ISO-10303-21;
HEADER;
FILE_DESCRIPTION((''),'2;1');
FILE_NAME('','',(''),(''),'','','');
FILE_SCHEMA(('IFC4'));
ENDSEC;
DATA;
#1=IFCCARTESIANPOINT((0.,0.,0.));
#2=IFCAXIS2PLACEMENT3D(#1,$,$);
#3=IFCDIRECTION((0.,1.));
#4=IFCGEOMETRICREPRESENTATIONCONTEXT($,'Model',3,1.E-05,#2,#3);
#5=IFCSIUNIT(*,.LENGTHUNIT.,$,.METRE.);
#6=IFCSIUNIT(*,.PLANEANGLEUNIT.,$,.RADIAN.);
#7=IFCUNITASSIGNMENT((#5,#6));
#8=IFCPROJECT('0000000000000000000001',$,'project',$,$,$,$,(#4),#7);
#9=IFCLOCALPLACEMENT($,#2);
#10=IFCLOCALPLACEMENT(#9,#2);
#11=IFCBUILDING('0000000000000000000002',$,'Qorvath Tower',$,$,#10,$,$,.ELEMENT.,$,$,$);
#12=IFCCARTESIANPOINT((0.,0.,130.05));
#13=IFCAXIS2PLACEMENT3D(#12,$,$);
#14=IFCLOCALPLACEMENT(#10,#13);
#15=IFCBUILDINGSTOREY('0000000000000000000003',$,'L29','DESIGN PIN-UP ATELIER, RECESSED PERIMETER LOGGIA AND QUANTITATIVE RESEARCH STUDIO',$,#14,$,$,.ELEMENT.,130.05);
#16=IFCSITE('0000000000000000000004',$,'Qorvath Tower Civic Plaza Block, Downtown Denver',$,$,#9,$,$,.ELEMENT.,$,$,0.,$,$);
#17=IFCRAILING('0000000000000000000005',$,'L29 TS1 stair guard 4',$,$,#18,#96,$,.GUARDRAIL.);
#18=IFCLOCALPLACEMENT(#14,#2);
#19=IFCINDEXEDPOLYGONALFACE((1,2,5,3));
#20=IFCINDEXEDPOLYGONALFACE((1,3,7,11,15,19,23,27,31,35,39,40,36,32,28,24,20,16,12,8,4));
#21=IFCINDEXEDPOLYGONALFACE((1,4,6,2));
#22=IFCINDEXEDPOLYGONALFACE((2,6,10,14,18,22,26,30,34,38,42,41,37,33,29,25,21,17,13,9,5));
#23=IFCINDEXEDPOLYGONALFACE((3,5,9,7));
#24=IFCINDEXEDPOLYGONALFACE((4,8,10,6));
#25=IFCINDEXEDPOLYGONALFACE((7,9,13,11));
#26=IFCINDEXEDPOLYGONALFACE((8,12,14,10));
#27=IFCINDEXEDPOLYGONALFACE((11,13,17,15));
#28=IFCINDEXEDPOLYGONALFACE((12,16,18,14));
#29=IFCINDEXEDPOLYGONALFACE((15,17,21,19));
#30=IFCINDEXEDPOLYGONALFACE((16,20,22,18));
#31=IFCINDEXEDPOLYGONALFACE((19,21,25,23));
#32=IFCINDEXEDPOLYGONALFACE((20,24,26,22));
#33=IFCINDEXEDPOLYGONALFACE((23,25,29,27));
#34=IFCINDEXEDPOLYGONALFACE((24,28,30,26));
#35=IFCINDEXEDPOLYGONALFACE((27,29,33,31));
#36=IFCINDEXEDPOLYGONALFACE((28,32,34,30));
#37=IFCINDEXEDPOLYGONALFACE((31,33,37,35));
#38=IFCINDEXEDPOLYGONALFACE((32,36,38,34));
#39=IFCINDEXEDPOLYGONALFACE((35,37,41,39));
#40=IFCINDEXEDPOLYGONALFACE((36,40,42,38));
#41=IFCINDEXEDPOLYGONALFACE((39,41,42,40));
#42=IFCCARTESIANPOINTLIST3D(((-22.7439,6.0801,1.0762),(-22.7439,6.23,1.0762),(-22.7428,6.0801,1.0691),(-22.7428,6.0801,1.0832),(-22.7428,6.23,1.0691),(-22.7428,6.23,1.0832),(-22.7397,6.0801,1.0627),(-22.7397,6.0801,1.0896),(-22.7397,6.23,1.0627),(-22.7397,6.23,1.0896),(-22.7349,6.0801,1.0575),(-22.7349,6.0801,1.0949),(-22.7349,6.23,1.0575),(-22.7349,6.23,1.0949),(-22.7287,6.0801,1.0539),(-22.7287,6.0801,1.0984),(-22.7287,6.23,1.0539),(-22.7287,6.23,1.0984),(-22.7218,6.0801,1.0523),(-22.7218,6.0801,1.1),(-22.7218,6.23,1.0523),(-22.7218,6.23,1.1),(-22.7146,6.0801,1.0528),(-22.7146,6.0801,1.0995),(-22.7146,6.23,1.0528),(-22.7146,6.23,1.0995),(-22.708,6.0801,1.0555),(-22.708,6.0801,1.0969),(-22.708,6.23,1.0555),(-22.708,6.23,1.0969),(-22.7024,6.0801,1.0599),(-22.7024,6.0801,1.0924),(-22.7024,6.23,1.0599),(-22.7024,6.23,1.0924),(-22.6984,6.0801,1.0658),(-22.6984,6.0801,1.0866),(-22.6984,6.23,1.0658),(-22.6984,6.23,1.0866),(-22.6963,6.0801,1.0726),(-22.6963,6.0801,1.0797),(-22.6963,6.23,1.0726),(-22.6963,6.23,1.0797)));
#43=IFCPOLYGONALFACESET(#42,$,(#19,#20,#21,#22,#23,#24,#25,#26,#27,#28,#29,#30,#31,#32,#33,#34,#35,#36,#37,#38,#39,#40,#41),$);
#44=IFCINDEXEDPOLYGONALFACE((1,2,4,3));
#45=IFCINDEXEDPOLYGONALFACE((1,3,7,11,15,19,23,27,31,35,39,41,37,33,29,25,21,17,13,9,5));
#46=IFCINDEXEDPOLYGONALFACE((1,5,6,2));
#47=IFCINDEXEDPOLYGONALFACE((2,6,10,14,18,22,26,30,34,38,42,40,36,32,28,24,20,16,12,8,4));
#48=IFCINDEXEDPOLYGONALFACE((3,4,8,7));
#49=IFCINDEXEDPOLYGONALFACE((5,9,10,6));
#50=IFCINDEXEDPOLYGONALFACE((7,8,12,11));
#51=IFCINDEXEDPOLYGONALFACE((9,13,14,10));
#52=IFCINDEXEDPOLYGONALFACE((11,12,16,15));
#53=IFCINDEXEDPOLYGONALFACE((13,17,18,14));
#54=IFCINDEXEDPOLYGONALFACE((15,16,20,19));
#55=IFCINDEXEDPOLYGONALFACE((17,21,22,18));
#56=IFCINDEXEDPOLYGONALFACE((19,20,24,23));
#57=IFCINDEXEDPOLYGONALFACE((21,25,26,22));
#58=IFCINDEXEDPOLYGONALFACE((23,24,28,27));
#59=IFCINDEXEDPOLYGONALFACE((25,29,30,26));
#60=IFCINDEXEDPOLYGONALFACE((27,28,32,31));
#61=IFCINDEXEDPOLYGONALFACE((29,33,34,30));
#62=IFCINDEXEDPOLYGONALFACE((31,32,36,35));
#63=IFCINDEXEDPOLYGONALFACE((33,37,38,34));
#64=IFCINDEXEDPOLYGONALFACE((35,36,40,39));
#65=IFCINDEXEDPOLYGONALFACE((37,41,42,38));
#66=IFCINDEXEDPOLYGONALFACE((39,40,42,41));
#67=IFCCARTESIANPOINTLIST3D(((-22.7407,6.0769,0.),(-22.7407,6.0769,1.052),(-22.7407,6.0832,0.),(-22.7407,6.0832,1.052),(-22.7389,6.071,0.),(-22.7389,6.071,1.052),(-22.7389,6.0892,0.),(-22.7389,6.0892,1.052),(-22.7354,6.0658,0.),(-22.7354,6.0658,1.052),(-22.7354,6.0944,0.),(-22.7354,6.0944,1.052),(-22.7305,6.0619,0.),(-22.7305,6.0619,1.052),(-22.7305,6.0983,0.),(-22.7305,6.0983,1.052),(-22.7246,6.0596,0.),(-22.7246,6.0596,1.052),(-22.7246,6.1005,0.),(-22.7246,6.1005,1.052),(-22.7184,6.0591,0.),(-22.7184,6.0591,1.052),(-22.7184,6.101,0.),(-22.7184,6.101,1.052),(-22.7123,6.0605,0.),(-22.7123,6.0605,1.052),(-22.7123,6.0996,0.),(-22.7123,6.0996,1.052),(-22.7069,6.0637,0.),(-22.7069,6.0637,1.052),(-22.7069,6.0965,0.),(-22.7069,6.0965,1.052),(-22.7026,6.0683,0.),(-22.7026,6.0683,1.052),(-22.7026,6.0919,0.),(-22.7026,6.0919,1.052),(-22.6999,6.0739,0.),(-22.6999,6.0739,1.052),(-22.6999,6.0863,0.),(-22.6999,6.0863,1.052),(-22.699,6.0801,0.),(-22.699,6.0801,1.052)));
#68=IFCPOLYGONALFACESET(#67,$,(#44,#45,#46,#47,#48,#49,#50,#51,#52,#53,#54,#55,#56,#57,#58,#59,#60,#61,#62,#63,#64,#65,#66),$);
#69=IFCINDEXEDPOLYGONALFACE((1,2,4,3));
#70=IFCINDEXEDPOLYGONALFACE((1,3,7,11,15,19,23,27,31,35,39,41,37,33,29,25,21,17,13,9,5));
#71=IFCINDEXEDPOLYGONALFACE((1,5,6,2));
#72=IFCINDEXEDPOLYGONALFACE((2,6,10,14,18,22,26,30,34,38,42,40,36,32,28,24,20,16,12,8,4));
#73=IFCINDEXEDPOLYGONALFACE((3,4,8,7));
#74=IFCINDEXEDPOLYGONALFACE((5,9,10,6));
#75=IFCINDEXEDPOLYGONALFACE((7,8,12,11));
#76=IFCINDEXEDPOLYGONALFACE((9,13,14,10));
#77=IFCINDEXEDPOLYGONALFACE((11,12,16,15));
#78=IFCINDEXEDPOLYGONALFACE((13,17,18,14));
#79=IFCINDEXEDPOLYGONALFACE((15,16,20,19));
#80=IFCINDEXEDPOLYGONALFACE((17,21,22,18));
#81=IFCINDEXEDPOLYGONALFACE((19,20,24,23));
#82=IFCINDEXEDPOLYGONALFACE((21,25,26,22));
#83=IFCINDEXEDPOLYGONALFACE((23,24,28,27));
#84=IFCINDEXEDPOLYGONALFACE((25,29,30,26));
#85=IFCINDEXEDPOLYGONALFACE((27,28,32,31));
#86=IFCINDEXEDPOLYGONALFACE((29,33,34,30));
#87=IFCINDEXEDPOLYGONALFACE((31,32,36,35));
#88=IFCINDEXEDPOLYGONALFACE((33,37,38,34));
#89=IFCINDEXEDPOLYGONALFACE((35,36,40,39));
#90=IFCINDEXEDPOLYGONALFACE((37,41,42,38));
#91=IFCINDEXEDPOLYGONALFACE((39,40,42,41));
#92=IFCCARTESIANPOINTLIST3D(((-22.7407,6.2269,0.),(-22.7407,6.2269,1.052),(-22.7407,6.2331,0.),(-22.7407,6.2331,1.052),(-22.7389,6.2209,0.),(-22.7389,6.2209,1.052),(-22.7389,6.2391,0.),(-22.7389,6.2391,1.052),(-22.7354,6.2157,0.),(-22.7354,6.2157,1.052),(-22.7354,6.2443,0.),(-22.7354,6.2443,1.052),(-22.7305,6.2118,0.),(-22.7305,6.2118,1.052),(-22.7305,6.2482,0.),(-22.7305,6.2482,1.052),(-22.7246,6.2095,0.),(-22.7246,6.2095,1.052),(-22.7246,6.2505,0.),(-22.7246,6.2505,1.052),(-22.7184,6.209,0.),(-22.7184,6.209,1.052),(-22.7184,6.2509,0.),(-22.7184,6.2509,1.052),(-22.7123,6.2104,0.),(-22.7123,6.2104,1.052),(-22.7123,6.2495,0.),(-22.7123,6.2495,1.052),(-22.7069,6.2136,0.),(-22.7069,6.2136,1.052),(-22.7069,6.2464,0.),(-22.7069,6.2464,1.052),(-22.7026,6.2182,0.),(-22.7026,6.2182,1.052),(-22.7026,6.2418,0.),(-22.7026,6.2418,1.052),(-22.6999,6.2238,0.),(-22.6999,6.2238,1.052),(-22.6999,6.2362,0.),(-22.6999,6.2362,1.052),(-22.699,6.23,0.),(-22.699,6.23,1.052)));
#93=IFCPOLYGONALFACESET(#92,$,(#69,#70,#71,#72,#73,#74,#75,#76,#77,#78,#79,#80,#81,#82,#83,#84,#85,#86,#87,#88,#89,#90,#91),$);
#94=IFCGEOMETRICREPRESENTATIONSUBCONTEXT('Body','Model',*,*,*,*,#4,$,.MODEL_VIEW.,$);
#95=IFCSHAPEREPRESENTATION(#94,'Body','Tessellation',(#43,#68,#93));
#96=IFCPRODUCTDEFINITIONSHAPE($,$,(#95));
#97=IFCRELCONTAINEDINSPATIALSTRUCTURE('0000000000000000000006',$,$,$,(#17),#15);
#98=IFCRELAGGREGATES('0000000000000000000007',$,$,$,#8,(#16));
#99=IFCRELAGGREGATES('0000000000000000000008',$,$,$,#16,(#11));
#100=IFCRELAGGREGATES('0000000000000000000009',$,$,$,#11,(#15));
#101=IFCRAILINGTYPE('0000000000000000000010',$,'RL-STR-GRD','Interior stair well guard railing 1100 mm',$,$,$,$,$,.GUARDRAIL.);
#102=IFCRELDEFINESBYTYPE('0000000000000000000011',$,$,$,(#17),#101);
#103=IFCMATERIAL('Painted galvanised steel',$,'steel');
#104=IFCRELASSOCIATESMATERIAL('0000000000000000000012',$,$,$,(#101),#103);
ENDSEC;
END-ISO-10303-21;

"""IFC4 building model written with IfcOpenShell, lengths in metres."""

from ifc_helpers import new_model, si_unit, direction, frame, origin, origin_2d, place, context, subcontext, project, spatial, circle, extrude, material, type_object, element, save


model = new_model("IFC4")

# Units and contexts
model_context = context("Model", 3, precision=1e-05, world=origin(), true_north=direction((0.0, 1.0)))
body_context = subcontext(model_context, "Body", "Model", "MODEL_VIEW")
ifc_project = project(units=[si_unit("LENGTHUNIT", "METRE"), si_unit("PLANEANGLEUNIT", "RADIAN")], contexts=[model_context])

# Site, building, storey
site_placement = place(None, origin())
site = spatial("IfcSite", under=ifc_project, at=site_placement, Name="Qorvath Tower Civic Plaza Block, Downtown Denver", CompositionType="ELEMENT", RefElevation=0.0)
building_placement = place(site_placement, origin())
building = spatial("IfcBuilding", under=site, at=building_placement, Name="Qorvath Tower", CompositionType="ELEMENT")
storey_placement = place(building_placement, frame((0.0, 0.0, 130.05)))
storey = spatial("IfcBuildingStorey", under=building, at=storey_placement, Name="L29", Description="DESIGN PIN-UP ATELIER, RECESSED PERIMETER LOGGIA AND QUANTITATIVE RESEARCH STUDIO", CompositionType="ELEMENT", Elevation=130.05)

# Railing
ifc_material_1 = material(Name="Painted galvanised steel", Category="steel")
railing_type_1 = type_object("IfcRailingType", Name="RL-STR-GRD", Description="Interior stair well guard railing 1100 mm", PredefinedType="GUARDRAIL", material=ifc_material_1)
railing_1_placement = place(storey_placement, frame((-22.72, 6.0801, 0.0)))
element("IfcRailing", 1, at=railing_1_placement, inside=storey, type_object=railing_type_1, Name="L29 TS1 stair guard 4", PredefinedType="GUARDRAIL", context=body_context, shape_type="SweptSolid", body=[
    extrude(circle(Radius=0.0239, at=origin_2d()), frame((0.0, 0.0, 1.0762), z_axis=(0.0, 1.0, 0.0), x_axis=(-1.0, 0.0, 0.0)), (0.0, 0.0, 1.0), 0.1499),
    extrude(circle(Radius=0.021, at=origin_2d()), origin(), (0.0, 0.0, 1.0), 1.052),
    extrude(circle(Radius=0.021, at=origin_2d()), frame((0.0, 0.1499, 0.0)), (0.0, 0.0, 1.0), 1.052),
])

save(model, "model.ifc")
